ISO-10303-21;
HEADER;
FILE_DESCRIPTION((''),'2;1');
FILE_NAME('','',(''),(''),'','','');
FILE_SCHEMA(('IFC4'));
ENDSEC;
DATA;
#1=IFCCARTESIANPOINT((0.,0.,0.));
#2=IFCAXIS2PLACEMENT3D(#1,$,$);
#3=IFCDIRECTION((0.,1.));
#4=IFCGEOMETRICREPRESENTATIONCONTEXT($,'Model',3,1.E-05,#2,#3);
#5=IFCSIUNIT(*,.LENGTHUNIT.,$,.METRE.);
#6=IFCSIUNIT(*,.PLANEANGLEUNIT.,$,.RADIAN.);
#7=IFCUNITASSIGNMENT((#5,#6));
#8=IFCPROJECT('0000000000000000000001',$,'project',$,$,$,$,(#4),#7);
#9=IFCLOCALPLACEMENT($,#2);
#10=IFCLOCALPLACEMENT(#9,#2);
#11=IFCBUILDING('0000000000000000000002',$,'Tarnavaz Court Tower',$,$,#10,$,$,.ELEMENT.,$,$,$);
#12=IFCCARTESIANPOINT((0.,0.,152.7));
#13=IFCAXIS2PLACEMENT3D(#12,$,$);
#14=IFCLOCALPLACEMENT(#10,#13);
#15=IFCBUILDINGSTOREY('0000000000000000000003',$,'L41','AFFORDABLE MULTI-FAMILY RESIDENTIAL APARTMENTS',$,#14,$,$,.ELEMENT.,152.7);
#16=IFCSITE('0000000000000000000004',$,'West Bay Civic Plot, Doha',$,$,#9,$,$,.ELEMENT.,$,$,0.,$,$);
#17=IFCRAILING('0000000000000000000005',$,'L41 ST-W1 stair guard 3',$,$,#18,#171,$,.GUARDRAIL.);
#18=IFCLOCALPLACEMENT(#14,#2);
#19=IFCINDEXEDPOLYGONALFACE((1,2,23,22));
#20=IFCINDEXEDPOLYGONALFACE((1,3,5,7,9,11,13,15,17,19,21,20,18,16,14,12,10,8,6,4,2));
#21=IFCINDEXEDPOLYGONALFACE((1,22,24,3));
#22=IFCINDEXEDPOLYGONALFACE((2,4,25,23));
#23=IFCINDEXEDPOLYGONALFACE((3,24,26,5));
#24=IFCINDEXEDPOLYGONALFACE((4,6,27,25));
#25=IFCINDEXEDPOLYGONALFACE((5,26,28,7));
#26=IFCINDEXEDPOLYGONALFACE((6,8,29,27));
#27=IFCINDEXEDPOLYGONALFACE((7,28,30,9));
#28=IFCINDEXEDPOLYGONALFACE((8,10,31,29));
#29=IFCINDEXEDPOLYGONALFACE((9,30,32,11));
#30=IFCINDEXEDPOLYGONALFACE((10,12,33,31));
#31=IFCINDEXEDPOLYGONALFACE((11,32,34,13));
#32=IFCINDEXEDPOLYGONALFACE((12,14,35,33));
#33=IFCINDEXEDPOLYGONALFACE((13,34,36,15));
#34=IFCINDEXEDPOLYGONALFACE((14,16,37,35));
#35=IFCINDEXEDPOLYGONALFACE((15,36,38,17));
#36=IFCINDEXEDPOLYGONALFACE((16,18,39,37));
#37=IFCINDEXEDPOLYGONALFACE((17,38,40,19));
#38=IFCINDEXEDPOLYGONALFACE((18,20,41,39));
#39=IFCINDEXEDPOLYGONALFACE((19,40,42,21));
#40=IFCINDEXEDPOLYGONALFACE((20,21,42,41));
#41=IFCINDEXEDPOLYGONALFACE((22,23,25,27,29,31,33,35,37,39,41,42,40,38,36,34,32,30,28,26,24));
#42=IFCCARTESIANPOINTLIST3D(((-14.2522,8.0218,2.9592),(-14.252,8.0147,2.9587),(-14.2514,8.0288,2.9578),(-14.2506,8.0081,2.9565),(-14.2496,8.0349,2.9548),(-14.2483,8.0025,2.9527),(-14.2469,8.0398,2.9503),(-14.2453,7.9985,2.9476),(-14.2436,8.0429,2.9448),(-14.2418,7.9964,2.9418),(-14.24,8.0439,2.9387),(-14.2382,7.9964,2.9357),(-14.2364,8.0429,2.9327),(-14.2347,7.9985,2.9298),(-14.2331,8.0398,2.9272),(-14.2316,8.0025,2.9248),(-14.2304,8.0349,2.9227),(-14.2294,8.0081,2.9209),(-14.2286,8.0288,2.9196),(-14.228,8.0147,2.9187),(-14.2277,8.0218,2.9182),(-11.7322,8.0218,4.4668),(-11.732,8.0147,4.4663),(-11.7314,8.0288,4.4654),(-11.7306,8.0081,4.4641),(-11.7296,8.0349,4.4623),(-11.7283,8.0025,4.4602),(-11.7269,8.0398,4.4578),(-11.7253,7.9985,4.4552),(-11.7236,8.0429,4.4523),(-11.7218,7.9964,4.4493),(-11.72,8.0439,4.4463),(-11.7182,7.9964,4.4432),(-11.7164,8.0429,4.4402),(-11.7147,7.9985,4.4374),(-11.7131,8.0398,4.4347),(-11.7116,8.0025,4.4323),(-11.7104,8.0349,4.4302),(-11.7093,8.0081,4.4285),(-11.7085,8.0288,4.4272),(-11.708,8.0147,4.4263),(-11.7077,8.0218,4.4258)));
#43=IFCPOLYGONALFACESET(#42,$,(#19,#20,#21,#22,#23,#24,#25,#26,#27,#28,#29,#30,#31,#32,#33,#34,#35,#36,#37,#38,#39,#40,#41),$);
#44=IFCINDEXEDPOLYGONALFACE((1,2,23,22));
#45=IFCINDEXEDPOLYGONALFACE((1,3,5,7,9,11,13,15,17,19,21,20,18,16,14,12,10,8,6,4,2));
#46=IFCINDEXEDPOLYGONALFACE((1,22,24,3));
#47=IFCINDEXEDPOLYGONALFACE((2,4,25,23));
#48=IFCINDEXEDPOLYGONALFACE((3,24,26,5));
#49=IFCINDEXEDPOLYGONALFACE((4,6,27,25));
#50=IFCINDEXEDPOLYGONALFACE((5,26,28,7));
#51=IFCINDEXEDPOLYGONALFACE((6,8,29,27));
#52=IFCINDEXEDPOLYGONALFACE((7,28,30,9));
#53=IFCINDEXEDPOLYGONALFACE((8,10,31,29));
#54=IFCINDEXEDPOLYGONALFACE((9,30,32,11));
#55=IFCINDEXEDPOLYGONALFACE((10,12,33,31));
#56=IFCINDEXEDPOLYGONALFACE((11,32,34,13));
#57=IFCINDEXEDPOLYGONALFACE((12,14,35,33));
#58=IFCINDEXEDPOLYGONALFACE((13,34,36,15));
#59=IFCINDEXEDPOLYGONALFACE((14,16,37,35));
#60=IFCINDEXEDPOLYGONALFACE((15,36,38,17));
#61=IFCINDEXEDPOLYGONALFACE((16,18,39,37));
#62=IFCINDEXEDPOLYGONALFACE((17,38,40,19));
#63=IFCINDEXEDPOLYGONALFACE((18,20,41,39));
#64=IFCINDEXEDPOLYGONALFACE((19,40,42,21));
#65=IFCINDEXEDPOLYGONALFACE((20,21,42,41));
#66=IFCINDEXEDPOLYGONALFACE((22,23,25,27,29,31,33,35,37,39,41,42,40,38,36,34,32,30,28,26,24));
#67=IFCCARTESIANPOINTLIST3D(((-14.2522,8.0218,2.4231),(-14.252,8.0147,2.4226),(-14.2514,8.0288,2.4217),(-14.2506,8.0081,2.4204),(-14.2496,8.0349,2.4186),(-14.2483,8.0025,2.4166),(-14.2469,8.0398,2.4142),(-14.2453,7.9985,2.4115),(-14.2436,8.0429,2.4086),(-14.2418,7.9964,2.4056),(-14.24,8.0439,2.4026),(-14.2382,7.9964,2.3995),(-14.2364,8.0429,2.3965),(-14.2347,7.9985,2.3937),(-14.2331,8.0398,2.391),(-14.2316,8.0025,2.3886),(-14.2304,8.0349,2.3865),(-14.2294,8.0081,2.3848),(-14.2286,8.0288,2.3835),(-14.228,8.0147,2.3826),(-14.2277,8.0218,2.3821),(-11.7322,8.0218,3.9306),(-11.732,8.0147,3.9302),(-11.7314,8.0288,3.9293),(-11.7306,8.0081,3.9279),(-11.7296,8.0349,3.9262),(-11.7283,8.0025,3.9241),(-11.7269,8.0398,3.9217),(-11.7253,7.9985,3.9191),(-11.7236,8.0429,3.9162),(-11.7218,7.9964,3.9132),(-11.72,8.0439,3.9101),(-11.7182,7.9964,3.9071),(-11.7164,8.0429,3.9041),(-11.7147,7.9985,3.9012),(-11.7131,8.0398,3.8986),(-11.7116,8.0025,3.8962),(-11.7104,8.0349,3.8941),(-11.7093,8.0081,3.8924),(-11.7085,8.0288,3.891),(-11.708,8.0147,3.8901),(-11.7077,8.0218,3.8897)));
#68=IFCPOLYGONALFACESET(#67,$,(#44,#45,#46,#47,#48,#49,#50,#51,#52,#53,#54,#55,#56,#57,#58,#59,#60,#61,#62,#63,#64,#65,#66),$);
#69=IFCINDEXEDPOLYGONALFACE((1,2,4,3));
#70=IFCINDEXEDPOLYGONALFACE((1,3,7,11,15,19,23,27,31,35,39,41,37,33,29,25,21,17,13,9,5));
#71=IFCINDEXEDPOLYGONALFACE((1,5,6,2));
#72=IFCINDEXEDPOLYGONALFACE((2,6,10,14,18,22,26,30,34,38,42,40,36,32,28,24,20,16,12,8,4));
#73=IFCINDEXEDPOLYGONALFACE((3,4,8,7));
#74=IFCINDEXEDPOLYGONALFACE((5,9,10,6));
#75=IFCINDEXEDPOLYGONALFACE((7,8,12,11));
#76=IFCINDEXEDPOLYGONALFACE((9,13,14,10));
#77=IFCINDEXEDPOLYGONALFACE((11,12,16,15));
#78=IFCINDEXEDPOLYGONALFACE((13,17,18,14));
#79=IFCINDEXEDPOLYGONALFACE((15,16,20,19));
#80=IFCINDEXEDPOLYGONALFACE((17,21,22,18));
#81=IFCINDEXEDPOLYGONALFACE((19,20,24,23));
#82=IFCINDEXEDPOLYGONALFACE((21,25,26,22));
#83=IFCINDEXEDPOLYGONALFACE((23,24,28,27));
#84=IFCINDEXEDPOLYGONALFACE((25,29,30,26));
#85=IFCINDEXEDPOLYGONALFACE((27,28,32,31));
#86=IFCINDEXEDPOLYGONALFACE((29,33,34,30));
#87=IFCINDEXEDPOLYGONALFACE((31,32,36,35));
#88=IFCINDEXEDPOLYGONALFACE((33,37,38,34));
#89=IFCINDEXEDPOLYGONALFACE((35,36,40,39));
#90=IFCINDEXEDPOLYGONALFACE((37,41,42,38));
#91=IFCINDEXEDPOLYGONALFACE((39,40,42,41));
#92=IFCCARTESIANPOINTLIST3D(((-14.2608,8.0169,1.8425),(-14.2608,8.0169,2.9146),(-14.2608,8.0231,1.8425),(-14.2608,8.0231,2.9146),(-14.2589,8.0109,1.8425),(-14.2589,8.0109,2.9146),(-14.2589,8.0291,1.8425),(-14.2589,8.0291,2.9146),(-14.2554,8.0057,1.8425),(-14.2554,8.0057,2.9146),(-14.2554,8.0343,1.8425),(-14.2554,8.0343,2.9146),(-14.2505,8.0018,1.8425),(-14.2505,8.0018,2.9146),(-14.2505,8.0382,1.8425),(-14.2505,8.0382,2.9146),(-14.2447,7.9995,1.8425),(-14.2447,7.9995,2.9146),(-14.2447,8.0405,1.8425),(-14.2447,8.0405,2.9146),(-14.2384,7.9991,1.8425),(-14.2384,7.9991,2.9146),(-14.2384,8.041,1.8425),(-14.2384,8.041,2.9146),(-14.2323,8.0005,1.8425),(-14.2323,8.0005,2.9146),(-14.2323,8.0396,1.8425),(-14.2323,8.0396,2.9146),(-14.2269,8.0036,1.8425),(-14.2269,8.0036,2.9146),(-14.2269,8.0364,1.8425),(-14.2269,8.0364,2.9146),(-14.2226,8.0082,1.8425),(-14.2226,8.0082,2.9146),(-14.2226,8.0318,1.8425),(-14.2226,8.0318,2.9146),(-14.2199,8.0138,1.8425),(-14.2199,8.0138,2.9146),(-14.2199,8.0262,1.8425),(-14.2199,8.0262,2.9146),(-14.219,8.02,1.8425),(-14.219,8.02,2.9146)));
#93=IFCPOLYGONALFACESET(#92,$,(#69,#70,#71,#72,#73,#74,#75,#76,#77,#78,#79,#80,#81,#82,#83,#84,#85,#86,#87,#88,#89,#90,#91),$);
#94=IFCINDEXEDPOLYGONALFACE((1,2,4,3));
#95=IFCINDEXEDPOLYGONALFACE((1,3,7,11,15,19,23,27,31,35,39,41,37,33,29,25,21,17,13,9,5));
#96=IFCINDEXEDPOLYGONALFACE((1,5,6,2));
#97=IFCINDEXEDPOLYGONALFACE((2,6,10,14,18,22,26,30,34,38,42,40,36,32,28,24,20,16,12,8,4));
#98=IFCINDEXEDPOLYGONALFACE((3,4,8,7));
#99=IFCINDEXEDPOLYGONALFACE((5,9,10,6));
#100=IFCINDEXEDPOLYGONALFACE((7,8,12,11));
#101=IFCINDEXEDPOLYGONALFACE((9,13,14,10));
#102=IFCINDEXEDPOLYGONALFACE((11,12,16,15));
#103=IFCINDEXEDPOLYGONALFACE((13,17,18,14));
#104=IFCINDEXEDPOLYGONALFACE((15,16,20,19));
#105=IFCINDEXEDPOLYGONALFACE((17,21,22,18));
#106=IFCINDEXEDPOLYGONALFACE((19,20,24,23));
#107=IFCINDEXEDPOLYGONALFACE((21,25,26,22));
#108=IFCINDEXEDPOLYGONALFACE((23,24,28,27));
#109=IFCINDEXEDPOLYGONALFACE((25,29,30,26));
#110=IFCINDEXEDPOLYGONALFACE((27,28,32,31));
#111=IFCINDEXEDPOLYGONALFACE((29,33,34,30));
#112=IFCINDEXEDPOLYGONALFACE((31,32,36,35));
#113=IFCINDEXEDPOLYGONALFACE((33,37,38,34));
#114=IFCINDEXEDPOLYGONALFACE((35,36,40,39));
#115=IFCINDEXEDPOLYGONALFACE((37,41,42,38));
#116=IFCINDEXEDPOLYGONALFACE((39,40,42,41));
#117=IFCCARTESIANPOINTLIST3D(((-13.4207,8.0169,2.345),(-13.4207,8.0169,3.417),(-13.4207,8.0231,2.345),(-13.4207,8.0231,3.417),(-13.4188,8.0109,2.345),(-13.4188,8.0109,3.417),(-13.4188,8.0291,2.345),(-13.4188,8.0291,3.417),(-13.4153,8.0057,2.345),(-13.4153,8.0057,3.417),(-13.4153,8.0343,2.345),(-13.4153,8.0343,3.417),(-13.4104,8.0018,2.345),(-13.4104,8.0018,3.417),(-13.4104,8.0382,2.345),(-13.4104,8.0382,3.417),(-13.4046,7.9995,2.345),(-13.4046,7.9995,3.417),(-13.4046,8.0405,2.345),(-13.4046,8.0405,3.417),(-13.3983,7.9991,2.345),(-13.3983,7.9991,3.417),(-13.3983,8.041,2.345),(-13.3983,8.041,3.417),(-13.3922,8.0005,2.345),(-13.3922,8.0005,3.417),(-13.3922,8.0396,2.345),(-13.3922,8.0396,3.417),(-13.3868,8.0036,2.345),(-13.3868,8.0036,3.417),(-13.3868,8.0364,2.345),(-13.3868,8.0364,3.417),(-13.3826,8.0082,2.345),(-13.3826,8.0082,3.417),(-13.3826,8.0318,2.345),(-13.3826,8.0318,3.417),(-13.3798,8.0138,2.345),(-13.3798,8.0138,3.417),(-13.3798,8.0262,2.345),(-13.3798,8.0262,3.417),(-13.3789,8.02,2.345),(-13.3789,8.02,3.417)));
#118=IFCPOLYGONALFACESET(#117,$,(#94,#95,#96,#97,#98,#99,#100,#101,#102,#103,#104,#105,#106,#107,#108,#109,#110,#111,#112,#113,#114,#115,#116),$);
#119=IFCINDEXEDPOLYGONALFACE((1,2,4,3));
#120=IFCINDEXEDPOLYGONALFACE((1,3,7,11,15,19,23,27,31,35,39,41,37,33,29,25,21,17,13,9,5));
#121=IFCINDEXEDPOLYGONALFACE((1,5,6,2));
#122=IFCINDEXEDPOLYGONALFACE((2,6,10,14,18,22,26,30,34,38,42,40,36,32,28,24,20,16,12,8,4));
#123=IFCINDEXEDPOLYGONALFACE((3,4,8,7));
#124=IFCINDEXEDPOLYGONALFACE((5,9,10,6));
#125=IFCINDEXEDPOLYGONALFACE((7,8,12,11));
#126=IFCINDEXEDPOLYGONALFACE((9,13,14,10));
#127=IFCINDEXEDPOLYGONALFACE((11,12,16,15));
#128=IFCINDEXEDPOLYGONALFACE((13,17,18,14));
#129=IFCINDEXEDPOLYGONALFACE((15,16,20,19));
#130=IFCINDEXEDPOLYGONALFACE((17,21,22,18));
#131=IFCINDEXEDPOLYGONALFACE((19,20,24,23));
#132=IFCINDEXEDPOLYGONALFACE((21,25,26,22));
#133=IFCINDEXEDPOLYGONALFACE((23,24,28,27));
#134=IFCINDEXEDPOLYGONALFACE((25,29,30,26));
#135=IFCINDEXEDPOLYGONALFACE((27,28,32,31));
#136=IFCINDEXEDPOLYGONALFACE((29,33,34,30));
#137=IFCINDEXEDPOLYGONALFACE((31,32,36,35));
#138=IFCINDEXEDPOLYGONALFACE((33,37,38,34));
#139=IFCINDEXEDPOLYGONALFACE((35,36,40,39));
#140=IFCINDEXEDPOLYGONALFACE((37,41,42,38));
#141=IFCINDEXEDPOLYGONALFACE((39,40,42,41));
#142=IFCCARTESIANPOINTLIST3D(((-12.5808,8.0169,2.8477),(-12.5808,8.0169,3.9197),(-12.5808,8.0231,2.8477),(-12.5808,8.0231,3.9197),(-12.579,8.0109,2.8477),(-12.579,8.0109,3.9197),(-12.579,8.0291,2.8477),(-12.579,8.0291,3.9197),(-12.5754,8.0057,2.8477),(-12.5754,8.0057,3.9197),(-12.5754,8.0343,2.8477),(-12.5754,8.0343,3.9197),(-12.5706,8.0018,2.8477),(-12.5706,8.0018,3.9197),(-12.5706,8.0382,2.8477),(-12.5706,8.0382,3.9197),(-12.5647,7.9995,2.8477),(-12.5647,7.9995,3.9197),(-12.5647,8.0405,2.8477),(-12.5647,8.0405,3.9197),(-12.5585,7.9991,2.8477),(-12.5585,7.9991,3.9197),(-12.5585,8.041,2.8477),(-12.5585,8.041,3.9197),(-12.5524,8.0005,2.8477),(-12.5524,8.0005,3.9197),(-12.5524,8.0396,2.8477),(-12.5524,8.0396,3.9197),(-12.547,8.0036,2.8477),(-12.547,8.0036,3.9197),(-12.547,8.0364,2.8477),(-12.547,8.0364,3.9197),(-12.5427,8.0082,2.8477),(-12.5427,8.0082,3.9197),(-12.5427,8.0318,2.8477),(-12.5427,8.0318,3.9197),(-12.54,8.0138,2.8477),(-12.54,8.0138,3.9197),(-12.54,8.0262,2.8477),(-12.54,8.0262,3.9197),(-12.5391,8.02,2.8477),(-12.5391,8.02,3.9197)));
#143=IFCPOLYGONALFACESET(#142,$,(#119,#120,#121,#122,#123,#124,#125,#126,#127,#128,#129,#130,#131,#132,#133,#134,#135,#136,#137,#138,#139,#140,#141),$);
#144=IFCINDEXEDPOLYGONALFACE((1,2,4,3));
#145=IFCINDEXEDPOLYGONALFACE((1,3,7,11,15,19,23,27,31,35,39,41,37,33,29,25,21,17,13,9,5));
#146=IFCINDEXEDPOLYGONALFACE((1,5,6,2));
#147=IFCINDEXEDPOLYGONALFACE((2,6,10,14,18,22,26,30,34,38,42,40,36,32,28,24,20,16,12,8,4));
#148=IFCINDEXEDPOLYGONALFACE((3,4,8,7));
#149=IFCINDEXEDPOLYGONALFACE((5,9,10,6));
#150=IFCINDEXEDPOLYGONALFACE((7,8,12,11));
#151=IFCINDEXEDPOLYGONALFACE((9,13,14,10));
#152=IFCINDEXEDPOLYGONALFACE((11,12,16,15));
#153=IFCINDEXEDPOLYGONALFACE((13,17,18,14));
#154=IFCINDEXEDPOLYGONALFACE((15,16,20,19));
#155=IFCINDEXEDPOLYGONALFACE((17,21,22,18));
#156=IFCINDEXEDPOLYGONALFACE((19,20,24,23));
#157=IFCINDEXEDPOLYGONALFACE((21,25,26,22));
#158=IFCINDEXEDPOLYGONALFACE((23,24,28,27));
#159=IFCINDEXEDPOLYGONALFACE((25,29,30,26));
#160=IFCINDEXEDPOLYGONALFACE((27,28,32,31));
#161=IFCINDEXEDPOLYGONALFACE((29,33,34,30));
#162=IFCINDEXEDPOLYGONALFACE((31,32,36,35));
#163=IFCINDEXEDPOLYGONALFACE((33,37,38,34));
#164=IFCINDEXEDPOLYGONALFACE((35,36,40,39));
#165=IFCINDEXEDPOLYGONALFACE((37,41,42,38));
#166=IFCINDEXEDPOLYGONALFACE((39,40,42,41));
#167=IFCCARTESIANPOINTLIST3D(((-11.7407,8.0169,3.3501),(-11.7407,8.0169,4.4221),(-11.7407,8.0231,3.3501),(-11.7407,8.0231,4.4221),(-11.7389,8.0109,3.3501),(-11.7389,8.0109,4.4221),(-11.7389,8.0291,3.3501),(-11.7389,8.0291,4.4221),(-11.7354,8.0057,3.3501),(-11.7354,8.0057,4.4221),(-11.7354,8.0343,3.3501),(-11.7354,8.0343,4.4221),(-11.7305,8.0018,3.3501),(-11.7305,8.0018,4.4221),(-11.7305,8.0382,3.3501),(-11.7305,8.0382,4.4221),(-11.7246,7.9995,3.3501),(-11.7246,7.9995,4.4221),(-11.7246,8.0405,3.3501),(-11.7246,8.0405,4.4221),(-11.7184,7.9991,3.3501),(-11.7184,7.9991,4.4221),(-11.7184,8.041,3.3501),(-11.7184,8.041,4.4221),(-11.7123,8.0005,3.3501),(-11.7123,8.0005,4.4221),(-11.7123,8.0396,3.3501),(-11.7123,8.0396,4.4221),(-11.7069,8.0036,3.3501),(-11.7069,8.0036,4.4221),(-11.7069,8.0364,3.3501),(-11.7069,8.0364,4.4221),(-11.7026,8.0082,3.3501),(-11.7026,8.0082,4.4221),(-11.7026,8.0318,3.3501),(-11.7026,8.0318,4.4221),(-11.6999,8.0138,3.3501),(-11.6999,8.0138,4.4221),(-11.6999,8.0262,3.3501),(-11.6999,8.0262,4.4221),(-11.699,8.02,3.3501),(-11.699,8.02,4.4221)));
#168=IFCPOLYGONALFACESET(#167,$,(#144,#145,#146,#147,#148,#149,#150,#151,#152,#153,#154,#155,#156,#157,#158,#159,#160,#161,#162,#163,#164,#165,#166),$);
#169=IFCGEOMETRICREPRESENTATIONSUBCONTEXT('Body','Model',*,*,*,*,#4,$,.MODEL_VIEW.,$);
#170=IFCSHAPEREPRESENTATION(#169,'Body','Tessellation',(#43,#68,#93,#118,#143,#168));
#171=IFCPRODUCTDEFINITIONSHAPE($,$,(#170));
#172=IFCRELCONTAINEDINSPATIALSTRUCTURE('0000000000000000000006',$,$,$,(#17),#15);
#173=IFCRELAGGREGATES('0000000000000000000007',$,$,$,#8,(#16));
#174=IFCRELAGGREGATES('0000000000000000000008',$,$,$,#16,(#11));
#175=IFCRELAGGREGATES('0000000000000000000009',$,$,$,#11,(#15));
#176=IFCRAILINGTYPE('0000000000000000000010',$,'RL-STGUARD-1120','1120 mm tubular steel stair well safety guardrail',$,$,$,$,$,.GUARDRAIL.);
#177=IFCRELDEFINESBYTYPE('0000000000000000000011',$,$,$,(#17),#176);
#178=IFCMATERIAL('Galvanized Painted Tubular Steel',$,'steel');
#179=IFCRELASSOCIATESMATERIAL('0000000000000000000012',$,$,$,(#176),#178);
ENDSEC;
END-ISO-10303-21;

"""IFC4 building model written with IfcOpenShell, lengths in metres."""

from ifc_helpers import new_model, si_unit, direction, frame, origin, origin_2d, place, context, subcontext, project, spatial, circle, extrude, material, type_object, element, save


model = new_model("IFC4")

# Units and contexts
model_context = context("Model", 3, precision=1e-05, world=origin(), true_north=direction((0.0, 1.0)))
body_context = subcontext(model_context, "Body", "Model", "MODEL_VIEW")
ifc_project = project(units=[si_unit("LENGTHUNIT", "METRE"), si_unit("PLANEANGLEUNIT", "RADIAN")], contexts=[model_context])

# Site, building, storey
site_placement = place(None, origin())
site = spatial("IfcSite", under=ifc_project, at=site_placement, Name="West Bay Civic Plot, Doha", CompositionType="ELEMENT", RefElevation=0.0)
building_placement = place(site_placement, origin())
building = spatial("IfcBuilding", under=site, at=building_placement, Name="Tarnavaz Court Tower", CompositionType="ELEMENT")
storey_placement = place(building_placement, frame((0.0, 0.0, 152.7)))
storey = spatial("IfcBuildingStorey", under=building, at=storey_placement, Name="L41", Description="AFFORDABLE MULTI-FAMILY RESIDENTIAL APARTMENTS", CompositionType="ELEMENT", Elevation=152.7)

# Railing
ifc_material_1 = material(Name="Galvanized Painted Tubular Steel", Category="steel")
railing_type_1 = type_object("IfcRailingType", Name="RL-STGUARD-1120", Description="1120 mm tubular steel stair well safety guardrail", PredefinedType="GUARDRAIL", material=ifc_material_1)
railing_1_placement = place(storey_placement, frame((-14.24, 8.02, 1.8425)))
element("IfcRailing", 1, at=railing_1_placement, inside=storey, type_object=railing_type_1, Name="L41 ST-W1 stair guard 3", PredefinedType="GUARDRAIL", context=body_context, shape_type="SweptSolid", body=[
    extrude(circle(Radius=0.0239, at=origin_2d()), frame((0.0, 0.0, 1.0962), z_axis=(0.85816, 0.0, 0.513383), x_axis=(0.0, 1.0, 0.0)), (0.0, 0.0, 1.0), 2.9365),
    extrude(circle(Radius=0.0239, at=origin_2d()), frame((0.0, 0.0, 0.5601), z_axis=(0.85816, 0.0, 0.513383), x_axis=(0.0, 1.0, 0.0)), (0.0, 0.0, 1.0), 2.9365),
    extrude(circle(Radius=0.021, at=origin_2d()), origin(), (0.0, 0.0, 1.0), 1.072),
    extrude(circle(Radius=0.021, at=origin_2d()), frame((0.8401, 0.0, 0.5024)), (0.0, 0.0, 1.0), 1.072),
    extrude(circle(Radius=0.021, at=origin_2d()), frame((1.6799, 0.0, 1.0051)), (0.0, 0.0, 1.0), 1.072),
    extrude(circle(Radius=0.021, at=origin_2d()), frame((2.52, 0.0, 1.5076)), (0.0, 0.0, 1.0), 1.072),
])

save(model, "model.ifc")
